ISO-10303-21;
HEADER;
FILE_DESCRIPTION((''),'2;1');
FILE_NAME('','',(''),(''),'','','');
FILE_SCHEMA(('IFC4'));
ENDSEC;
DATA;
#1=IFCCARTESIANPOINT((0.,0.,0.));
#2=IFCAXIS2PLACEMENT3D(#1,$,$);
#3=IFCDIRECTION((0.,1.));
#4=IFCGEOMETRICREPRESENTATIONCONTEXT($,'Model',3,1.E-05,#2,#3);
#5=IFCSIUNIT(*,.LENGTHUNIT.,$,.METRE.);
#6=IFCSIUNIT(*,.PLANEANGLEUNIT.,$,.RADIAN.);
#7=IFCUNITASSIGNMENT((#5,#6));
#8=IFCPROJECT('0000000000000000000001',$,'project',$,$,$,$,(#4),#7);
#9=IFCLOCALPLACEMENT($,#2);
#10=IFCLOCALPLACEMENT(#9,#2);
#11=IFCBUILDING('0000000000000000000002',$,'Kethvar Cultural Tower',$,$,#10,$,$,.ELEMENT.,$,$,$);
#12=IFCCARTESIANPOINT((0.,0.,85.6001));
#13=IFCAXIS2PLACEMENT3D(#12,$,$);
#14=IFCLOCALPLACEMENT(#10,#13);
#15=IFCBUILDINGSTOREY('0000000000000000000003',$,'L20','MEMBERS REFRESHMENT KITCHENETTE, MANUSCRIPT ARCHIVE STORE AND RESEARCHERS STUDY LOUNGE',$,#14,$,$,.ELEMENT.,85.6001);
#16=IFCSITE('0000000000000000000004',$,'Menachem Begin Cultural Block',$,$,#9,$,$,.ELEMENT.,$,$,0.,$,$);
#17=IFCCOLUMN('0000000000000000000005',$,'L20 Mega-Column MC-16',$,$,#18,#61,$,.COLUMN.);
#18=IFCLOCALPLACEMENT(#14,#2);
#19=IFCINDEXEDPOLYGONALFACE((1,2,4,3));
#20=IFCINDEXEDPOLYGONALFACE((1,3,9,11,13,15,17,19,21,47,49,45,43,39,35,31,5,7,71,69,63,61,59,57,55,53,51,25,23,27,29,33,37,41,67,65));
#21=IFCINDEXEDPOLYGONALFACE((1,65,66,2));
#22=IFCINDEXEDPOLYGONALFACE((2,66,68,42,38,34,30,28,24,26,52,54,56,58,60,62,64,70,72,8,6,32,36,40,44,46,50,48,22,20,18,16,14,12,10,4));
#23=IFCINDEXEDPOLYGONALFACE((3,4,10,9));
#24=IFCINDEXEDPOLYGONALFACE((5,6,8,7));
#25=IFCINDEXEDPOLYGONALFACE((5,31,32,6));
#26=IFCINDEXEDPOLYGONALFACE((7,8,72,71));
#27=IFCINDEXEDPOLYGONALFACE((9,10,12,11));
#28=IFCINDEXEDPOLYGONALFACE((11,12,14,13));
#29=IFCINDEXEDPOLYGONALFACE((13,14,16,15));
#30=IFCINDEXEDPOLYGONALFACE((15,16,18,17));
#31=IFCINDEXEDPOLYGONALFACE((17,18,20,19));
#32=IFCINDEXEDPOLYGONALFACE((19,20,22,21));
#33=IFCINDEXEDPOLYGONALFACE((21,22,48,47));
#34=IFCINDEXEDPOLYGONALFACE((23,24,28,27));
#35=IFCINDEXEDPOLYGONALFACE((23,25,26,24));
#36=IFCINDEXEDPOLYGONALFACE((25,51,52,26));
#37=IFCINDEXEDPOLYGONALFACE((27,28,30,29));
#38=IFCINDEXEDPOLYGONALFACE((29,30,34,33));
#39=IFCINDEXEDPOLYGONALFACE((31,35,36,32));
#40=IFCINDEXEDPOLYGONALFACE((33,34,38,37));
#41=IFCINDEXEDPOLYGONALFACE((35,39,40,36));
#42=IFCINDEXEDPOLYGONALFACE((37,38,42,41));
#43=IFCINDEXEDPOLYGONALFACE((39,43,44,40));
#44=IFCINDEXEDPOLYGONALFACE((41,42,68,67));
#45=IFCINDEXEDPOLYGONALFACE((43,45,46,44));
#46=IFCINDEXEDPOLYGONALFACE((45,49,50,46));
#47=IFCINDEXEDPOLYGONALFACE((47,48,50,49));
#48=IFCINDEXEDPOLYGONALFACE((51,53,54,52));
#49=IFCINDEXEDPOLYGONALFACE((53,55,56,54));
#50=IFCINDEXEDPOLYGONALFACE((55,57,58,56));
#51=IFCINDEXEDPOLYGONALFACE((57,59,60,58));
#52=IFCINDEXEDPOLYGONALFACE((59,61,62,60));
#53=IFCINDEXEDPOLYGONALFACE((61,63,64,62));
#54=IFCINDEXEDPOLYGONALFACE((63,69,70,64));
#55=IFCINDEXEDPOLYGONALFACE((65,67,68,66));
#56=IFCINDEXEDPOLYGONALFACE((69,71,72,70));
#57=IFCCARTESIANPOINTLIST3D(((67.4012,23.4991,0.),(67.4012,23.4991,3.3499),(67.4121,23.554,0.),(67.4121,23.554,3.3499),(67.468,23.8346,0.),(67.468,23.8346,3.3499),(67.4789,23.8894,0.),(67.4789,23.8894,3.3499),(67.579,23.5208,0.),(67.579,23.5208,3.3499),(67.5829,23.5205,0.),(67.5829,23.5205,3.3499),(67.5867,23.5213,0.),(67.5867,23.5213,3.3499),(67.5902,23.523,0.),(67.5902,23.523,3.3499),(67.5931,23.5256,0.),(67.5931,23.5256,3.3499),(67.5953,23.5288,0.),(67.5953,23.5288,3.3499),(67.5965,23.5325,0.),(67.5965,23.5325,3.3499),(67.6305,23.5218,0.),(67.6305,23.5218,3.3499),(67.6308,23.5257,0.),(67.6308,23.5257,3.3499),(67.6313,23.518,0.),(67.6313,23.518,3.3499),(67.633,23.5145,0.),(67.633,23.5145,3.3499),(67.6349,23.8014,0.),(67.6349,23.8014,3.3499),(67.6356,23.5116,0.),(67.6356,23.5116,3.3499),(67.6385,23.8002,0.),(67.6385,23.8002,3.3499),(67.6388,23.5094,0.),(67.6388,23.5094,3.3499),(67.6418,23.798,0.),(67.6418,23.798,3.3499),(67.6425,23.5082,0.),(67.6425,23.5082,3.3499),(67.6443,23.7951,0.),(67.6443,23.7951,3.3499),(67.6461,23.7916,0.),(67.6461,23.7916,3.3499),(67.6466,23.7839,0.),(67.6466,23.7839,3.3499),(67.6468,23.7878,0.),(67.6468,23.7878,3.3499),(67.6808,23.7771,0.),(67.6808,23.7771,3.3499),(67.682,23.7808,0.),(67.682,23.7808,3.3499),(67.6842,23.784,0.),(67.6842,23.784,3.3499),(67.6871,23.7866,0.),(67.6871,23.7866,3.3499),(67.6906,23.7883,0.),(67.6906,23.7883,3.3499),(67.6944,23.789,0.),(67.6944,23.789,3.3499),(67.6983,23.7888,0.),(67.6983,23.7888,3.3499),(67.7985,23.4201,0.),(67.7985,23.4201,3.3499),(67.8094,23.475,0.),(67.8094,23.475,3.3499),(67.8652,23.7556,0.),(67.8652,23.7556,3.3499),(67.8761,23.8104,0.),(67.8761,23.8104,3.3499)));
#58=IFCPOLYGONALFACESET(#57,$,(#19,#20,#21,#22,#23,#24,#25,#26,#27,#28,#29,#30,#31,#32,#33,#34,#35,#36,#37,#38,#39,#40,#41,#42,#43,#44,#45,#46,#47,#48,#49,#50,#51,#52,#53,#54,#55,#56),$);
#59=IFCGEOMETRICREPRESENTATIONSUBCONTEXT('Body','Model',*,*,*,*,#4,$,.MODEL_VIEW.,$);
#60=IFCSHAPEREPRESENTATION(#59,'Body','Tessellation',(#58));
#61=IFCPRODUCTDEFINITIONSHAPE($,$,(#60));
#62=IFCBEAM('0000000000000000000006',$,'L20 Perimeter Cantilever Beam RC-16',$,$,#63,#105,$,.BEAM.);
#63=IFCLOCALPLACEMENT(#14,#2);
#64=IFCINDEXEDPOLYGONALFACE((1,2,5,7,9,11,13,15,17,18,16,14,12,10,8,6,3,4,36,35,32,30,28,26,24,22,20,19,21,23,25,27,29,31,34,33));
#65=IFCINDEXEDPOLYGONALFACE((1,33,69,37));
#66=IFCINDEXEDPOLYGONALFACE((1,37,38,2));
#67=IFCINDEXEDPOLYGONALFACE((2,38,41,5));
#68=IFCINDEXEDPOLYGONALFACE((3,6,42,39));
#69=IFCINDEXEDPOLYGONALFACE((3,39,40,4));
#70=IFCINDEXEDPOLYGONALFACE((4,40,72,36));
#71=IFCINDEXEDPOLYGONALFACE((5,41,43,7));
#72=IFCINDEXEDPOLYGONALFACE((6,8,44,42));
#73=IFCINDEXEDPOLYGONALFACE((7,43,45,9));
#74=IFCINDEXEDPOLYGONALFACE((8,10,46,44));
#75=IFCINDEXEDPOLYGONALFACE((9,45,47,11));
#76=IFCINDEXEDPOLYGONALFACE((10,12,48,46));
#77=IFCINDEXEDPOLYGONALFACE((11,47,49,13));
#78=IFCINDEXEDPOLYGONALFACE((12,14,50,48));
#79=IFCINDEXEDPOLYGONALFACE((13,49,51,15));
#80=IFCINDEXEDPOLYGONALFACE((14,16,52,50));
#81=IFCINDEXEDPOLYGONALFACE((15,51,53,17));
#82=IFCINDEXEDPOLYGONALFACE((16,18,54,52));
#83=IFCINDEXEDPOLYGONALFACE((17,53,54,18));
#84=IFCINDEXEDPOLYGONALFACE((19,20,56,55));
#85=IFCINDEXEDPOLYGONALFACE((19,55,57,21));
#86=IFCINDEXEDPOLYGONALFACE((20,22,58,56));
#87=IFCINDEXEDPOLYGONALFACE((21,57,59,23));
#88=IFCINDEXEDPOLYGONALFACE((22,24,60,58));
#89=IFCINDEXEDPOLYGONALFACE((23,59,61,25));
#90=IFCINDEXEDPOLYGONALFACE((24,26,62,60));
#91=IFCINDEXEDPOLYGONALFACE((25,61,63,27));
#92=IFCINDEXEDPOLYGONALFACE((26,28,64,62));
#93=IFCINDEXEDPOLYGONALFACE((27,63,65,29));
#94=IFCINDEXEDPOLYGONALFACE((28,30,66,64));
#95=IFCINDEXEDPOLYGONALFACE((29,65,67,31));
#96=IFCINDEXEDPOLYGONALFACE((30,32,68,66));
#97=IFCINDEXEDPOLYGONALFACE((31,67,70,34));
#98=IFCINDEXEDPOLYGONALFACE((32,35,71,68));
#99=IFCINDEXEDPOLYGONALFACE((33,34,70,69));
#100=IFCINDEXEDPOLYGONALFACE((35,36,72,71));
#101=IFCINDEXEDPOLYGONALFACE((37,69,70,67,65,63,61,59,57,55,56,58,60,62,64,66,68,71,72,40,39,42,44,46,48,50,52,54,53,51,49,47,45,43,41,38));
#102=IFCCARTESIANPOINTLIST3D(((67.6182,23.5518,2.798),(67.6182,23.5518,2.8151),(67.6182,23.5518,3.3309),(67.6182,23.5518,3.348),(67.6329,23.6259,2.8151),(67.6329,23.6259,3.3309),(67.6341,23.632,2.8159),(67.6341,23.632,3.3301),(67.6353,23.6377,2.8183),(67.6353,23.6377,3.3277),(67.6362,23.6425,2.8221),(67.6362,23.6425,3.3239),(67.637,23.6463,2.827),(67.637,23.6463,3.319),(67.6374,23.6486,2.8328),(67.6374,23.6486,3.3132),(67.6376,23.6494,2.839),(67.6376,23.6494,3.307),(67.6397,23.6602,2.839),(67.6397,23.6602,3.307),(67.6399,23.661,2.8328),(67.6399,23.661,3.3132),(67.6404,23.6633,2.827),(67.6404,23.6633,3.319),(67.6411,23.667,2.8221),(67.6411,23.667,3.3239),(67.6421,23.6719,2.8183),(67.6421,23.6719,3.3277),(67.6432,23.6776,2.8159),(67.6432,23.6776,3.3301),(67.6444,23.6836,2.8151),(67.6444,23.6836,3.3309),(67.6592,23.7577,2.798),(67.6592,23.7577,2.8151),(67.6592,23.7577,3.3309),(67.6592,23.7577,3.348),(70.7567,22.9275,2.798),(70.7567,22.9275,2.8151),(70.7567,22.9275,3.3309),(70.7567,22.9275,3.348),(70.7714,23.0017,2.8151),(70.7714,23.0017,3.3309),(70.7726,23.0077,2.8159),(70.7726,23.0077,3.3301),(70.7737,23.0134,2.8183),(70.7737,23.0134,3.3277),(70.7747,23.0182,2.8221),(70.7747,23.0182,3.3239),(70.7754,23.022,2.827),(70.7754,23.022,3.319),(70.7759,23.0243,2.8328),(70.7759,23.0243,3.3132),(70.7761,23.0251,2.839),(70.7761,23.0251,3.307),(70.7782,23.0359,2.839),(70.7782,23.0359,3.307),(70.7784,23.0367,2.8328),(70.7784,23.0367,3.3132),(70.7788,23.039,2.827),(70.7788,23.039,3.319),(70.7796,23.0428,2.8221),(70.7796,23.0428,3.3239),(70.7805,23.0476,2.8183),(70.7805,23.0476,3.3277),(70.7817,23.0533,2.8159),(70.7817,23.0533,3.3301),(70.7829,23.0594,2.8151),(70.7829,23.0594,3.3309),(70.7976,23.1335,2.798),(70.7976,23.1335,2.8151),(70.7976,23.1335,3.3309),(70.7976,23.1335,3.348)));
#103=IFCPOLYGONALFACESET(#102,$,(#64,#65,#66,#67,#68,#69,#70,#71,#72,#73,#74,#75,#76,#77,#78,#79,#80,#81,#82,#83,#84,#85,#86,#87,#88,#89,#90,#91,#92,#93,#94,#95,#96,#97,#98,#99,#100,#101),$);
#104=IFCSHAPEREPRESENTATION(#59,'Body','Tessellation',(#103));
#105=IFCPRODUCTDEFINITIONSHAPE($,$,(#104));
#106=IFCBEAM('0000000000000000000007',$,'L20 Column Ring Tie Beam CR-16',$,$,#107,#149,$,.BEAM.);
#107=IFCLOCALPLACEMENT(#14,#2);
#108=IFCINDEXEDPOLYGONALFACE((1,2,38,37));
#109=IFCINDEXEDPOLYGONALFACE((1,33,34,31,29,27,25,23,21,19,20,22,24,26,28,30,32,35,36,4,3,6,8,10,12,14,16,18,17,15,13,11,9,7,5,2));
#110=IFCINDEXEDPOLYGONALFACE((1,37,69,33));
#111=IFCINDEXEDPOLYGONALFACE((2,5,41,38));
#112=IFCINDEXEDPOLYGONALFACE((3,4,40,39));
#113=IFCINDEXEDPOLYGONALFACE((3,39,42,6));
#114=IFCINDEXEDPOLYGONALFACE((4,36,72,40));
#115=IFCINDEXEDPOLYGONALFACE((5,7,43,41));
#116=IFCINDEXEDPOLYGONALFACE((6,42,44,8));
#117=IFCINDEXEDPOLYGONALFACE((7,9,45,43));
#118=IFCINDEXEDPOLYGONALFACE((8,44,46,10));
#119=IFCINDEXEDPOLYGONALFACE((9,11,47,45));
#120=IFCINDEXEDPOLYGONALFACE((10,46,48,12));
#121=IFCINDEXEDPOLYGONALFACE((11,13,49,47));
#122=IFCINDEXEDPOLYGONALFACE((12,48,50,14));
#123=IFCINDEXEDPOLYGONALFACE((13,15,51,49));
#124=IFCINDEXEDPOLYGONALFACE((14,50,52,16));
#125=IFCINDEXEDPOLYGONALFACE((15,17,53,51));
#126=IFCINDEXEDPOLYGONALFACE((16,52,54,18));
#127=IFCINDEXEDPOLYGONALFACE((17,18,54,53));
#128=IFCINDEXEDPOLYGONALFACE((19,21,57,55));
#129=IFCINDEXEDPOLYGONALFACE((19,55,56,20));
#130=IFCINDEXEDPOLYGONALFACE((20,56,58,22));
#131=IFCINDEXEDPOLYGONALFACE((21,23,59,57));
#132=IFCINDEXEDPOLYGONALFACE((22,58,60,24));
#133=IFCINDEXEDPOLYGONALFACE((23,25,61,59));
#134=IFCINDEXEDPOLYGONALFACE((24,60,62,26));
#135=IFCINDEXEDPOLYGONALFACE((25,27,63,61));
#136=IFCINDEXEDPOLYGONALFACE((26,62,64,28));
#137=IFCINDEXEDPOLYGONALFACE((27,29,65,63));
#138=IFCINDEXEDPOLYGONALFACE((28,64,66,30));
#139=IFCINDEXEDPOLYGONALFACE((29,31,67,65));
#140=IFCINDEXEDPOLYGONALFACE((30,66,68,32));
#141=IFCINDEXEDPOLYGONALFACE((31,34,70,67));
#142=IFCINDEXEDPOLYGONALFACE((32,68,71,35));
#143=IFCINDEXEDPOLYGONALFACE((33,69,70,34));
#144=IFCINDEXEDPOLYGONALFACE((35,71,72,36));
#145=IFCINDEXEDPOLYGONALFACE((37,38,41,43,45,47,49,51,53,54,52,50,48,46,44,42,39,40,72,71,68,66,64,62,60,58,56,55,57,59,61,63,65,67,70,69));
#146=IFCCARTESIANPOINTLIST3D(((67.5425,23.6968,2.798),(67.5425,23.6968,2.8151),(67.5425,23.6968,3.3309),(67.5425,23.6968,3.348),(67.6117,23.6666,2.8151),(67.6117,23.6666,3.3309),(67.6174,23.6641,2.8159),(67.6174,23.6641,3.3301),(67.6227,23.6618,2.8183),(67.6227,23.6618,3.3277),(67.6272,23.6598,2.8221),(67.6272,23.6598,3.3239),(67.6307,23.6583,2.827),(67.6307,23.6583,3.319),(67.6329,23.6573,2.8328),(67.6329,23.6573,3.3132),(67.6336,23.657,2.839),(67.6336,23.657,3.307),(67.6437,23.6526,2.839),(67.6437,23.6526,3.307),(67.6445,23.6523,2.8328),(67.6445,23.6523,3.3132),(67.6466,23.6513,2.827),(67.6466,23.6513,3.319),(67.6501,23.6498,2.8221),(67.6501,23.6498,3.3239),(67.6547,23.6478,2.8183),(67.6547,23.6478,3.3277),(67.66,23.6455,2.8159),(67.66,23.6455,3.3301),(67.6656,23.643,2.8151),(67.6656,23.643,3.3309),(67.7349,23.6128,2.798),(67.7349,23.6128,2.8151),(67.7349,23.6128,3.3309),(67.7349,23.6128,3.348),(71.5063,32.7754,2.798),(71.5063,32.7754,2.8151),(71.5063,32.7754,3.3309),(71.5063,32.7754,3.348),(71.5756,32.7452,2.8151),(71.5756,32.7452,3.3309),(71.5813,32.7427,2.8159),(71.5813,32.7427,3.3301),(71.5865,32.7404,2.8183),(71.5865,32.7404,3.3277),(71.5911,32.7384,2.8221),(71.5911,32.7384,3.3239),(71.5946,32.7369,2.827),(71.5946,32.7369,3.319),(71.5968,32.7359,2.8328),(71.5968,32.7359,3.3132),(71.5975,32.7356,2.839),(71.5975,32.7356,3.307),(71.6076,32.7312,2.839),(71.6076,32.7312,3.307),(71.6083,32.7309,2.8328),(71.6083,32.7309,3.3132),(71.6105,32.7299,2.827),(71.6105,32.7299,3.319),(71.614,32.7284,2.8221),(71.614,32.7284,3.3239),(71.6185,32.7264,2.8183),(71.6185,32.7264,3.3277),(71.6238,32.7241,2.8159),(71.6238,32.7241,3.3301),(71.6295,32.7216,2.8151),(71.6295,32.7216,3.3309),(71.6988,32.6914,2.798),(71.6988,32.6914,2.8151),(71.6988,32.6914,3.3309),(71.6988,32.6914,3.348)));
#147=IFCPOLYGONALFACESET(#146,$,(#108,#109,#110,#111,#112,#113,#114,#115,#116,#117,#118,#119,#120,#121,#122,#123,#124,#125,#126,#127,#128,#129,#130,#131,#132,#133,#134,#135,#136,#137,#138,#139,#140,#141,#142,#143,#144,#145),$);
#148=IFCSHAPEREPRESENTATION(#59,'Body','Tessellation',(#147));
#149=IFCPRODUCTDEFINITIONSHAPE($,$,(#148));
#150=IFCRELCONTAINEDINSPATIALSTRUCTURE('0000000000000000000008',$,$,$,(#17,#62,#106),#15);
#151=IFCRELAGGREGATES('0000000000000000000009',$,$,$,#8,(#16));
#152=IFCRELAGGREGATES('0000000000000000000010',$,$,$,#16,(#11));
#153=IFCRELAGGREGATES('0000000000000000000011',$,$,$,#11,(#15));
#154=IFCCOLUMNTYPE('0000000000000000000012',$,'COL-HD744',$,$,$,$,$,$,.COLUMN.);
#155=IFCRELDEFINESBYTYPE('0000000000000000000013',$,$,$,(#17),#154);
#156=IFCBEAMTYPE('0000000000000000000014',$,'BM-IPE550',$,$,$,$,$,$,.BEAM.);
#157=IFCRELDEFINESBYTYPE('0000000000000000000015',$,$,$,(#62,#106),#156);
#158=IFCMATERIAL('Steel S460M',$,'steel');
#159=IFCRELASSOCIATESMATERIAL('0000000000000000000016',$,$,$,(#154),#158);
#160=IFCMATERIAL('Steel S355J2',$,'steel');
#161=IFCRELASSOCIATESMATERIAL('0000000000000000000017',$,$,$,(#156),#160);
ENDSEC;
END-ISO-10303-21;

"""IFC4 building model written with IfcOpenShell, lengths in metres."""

from ifc_helpers import new_model, si_unit, direction, frame, origin, origin_2d, place, context, subcontext, project, spatial, i_section, extrude, source, transform, mapped, material, material_profile, profile_set, type_object, element, save


model = new_model("IFC4")

# Units and contexts
model_context = context("Model", 3, precision=1e-05, world=origin(), true_north=direction((0.0, 1.0)))
body_context = subcontext(model_context, "Body", "Model", "MODEL_VIEW")
ifc_project = project(units=[si_unit("LENGTHUNIT", "METRE"), si_unit("PLANEANGLEUNIT", "RADIAN")], contexts=[model_context])

# Site, building, storey
site_placement = place(None, origin())
site = spatial("IfcSite", under=ifc_project, at=site_placement, Name="Menachem Begin Cultural Block", CompositionType="ELEMENT", RefElevation=0.0)
building_placement = place(site_placement, origin())
building = spatial("IfcBuilding", under=site, at=building_placement, Name="Kethvar Cultural Tower", CompositionType="ELEMENT")
storey_placement = place(building_placement, frame((0.0, 0.0, 85.6001)))
storey = spatial("IfcBuildingStorey", under=building, at=storey_placement, Name="L20", Description="MEMBERS REFRESHMENT KITCHENETTE, MANUSCRIPT ARCHIVE STORE AND RESEARCHERS STUDY LOUNGE", CompositionType="ELEMENT", Elevation=85.6001)

# Column
ifc_material_1 = material(Name="Steel S460M", Category="steel")
ifc_material_profile_1 = material_profile(ifc_material_1, i_section(OverallWidth=0.405, OverallDepth=0.3979, WebThickness=0.0349, FlangeThickness=0.0559, FilletRadius=0.0149, at=origin_2d()), Name="Steel S460M — HD400x744")
ifc_profile_set_1 = profile_set([ifc_material_profile_1], Name="Steel S460M — HD400x744")
column_type = type_object("IfcColumnType", Name="COL-HD744", PredefinedType="COLUMN", material=ifc_profile_set_1)
shared_shape_1 = source(origin(), body_context, "Body", "SweptSolid", [
    extrude(i_section(OverallWidth=0.405, OverallDepth=0.3979, WebThickness=0.0349, FlangeThickness=0.0559, FilletRadius=0.0149, at=origin_2d()), origin(), (0.0, 0.0, 1.0), 3.3499),
])
column_placement = place(storey_placement, frame((67.6387, 23.6548, 0.0), z_axis=(0.0, 0.0, 1.0), x_axis=(0.980785, -0.19509, 0.0)))
element("IfcColumn", 1, at=column_placement, inside=storey, type_object=column_type, Name="L20 Mega-Column MC-16", PredefinedType="COLUMN", context=body_context, shape_type="MappedRepresentation", body=[
    mapped(shared_shape_1, transform((0.0, 0.0, 0.0), scale=1.0)),
])

# Beams
ifc_material_2 = material(Name="Steel S355J2", Category="steel")
ifc_material_profile_2 = material_profile(ifc_material_2, i_section(OverallWidth=0.21, OverallDepth=0.55, WebThickness=0.011, FlangeThickness=0.0171, FilletRadius=0.0239, at=origin_2d()), Name="Steel S355J2 — IPE550")
ifc_profile_set_2 = profile_set([ifc_material_profile_2], Name="Steel S355J2 — IPE550")
beam_type_1 = type_object("IfcBeamType", Name="BM-IPE550", PredefinedType="BEAM", material=ifc_profile_set_2)
shared_shape_2 = source(origin(), body_context, "Body", "SweptSolid", [
    extrude(i_section(OverallWidth=0.21, OverallDepth=0.55, WebThickness=0.011, FlangeThickness=0.0171, FilletRadius=0.0239, at=origin_2d()), origin(), (0.0, 0.0, 1.0), 3.2),
])
beam_1_placement = place(storey_placement, frame((67.6387, 23.6548, 3.073), z_axis=(0.980786, -0.195089, 0.0), x_axis=(0.195089, 0.980786, 0.0)))
element("IfcBeam", 2, at=beam_1_placement, inside=storey, type_object=beam_type_1, Name="L20 Perimeter Cantilever Beam RC-16", PredefinedType="BEAM", context=body_context, shape_type="MappedRepresentation", body=[
    mapped(shared_shape_2, transform((0.0, 0.0, 0.0), scale=1.0)),
])
shared_shape_3 = source(origin(), body_context, "Body", "SweptSolid", [
    extrude(i_section(OverallWidth=0.21, OverallDepth=0.55, WebThickness=0.011, FlangeThickness=0.0171, FilletRadius=0.0239, at=origin_2d()), origin(), (0.0, 0.0, 1.0), 9.9062),
])
beam_2_placement = place(storey_placement, frame((67.6387, 23.6548, 3.073), z_axis=(0.400139, 0.916455, 0.0), x_axis=(-0.916455, 0.400139, 0.0)))
element("IfcBeam", 3, at=beam_2_placement, inside=storey, type_object=beam_type_1, Name="L20 Column Ring Tie Beam CR-16", PredefinedType="BEAM", context=body_context, shape_type="MappedRepresentation", body=[
    mapped(shared_shape_3, transform((0.0, 0.0, 0.0), scale=1.0)),
])

save(model, "model.ifc")
